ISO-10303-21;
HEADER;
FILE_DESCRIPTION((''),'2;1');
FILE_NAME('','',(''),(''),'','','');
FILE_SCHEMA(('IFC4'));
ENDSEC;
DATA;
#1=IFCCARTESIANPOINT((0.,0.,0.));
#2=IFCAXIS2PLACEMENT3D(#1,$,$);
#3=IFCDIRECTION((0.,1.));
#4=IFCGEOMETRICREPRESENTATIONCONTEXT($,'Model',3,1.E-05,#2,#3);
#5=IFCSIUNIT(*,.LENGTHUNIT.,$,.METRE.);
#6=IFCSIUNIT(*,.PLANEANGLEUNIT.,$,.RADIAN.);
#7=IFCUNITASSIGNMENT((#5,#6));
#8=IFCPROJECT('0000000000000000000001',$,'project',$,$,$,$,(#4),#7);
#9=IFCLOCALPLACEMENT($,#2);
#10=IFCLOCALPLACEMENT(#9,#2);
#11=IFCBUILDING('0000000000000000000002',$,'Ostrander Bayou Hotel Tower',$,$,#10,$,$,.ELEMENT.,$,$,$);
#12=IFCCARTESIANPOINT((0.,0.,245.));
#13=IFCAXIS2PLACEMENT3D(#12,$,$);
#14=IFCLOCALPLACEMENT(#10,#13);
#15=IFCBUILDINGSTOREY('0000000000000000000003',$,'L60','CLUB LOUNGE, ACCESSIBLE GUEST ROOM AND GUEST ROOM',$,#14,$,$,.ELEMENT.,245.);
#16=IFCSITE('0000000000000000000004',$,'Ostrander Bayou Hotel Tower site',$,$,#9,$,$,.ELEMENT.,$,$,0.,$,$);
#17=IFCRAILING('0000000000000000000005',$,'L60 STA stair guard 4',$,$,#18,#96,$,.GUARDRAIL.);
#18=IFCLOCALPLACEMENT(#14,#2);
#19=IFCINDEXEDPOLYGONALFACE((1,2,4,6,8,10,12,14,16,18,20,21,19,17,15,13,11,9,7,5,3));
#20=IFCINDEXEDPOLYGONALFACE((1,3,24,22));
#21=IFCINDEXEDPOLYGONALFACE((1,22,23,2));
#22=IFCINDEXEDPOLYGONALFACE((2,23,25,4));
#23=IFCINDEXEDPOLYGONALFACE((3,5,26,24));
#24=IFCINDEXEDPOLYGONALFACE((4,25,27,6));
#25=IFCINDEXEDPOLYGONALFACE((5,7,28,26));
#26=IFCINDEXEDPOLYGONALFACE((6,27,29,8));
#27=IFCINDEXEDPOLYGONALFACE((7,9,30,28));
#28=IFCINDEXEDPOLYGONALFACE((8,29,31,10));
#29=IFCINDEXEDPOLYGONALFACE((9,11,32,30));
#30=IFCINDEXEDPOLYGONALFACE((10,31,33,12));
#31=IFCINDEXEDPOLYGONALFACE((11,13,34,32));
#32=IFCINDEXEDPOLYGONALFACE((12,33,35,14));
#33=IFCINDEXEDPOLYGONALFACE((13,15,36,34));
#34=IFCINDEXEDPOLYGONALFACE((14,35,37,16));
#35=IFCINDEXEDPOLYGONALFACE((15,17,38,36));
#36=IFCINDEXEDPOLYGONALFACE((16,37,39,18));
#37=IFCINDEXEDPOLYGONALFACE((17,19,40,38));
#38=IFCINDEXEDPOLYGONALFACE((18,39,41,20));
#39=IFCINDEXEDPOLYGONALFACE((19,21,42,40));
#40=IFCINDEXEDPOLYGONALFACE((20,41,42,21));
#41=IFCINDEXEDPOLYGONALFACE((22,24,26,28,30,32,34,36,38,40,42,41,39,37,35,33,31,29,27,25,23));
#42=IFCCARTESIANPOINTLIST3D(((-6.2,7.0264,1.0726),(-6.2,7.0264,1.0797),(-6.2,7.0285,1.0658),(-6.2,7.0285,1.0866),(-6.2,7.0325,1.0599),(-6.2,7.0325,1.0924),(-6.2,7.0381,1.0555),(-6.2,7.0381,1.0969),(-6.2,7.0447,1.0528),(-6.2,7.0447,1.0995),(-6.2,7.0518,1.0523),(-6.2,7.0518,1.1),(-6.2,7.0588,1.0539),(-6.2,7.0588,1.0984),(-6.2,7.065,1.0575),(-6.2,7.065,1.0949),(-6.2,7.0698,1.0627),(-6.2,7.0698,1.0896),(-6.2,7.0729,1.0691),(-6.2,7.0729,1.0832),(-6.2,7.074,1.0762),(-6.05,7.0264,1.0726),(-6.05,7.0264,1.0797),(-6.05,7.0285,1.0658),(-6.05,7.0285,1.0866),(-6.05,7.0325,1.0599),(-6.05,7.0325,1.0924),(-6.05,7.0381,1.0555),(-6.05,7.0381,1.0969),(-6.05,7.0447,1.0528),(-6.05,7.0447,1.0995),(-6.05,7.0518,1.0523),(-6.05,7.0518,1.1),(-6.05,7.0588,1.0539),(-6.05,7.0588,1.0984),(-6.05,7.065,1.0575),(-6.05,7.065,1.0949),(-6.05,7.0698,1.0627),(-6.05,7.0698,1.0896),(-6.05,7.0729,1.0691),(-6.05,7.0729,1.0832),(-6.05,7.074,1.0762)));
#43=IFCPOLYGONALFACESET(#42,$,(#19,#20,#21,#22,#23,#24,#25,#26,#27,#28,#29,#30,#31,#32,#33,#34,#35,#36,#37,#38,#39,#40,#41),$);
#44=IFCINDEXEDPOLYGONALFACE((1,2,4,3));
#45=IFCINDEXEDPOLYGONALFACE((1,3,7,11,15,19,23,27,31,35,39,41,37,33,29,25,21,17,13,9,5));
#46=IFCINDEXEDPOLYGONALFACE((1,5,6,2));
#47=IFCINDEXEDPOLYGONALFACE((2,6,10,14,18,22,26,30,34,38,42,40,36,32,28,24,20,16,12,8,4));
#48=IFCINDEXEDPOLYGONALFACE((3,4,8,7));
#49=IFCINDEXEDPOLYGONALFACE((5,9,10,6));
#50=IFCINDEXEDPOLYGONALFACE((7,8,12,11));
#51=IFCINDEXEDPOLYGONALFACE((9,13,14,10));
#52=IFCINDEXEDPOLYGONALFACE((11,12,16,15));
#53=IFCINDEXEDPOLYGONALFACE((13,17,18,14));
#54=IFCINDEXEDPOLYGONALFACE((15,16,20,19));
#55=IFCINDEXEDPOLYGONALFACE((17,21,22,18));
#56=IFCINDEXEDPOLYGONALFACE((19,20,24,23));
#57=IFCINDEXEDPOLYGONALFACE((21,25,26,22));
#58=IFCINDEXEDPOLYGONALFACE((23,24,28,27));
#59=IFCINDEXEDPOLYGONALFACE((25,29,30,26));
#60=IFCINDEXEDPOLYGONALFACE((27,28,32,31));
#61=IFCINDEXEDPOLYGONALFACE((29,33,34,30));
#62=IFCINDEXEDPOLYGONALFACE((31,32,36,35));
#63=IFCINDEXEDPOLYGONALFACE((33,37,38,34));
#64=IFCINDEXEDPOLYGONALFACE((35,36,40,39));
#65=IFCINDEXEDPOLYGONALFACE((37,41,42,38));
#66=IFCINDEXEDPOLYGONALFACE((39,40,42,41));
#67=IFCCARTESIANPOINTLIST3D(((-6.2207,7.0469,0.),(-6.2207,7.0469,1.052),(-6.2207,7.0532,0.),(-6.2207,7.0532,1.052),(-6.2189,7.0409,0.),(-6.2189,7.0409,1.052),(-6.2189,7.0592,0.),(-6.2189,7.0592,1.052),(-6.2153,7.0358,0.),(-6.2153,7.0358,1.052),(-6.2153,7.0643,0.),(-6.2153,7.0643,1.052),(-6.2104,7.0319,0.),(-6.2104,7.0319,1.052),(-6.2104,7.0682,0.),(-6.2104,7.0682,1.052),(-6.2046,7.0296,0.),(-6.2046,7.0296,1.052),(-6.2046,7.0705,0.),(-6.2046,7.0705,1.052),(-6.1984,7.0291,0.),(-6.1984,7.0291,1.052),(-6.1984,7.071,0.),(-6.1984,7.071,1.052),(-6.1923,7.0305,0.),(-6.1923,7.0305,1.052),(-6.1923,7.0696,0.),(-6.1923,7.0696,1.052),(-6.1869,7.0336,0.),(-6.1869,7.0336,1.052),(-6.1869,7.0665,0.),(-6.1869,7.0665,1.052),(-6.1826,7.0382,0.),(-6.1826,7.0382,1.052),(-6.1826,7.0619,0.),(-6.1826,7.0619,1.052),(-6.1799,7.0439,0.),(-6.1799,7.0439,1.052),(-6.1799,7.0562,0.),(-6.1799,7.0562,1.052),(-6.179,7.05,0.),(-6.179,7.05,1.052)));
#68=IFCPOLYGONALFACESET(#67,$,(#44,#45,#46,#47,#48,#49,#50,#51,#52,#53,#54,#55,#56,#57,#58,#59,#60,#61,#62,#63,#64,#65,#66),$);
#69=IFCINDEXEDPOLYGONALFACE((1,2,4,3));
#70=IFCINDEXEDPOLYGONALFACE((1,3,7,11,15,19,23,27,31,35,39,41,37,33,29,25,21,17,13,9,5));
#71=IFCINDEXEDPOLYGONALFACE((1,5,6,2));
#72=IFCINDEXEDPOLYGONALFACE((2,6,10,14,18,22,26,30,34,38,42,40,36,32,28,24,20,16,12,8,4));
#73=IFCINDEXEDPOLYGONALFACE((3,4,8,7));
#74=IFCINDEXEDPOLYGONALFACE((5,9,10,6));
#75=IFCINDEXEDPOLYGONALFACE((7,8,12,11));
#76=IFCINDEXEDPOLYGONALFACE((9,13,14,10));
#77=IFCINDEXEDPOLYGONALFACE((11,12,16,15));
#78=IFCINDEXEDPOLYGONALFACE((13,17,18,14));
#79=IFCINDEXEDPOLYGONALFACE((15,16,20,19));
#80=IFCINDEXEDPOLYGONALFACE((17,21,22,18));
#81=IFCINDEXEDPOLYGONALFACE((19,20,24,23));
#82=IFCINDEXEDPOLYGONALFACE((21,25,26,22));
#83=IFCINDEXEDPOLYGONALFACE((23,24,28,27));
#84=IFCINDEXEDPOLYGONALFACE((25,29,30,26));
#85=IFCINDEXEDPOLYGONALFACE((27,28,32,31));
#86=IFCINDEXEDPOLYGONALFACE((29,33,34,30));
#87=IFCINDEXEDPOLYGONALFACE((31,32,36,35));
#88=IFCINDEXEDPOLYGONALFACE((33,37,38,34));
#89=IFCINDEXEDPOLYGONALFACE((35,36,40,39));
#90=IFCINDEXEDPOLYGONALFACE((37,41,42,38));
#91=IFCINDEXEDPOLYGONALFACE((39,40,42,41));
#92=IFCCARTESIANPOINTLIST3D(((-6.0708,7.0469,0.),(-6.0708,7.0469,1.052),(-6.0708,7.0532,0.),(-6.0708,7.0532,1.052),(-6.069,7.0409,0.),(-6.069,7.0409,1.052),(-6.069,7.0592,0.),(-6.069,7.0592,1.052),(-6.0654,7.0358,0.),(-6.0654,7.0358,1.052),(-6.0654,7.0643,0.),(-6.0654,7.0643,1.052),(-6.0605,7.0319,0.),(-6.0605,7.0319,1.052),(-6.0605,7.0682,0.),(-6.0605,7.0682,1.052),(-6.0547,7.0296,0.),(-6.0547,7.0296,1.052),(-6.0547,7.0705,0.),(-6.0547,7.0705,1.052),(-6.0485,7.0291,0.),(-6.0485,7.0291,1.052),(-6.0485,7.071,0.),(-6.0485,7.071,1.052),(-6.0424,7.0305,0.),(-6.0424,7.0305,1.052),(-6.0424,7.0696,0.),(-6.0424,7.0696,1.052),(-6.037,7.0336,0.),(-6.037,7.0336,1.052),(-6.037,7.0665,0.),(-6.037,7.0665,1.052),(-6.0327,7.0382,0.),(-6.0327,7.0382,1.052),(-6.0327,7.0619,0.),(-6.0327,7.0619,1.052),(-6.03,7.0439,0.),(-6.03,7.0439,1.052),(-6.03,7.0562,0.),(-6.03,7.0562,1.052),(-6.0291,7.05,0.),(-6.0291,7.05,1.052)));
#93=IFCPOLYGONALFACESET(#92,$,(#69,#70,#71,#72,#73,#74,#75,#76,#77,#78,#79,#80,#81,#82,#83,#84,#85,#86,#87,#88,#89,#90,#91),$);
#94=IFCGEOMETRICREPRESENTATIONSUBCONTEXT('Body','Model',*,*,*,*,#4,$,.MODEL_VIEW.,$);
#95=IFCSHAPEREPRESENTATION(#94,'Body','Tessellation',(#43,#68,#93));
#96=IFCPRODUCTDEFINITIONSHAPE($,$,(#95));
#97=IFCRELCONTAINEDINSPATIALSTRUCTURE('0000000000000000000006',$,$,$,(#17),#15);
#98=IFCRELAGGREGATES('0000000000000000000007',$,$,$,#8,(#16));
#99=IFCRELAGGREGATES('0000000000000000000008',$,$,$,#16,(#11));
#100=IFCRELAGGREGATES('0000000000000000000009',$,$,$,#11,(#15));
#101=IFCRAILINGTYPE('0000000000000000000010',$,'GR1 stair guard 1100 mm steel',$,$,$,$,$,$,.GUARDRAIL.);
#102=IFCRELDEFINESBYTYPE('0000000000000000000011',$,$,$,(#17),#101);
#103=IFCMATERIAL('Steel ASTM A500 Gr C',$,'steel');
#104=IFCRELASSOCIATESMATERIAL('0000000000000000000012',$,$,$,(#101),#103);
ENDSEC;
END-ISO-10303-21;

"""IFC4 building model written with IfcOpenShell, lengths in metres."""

from ifc_helpers import new_model, si_unit, direction, frame, origin, origin_2d, place, context, subcontext, project, spatial, circle, extrude, material, type_object, element, save


model = new_model("IFC4")

# Units and contexts
model_context = context("Model", 3, precision=1e-05, world=origin(), true_north=direction((0.0, 1.0)))
body_context = subcontext(model_context, "Body", "Model", "MODEL_VIEW")
ifc_project = project(units=[si_unit("LENGTHUNIT", "METRE"), si_unit("PLANEANGLEUNIT", "RADIAN")], contexts=[model_context])

# Site, building, storey
site_placement = place(None, origin())
site = spatial("IfcSite", under=ifc_project, at=site_placement, Name="Ostrander Bayou Hotel Tower site", CompositionType="ELEMENT", RefElevation=0.0)
building_placement = place(site_placement, origin())
building = spatial("IfcBuilding", under=site, at=building_placement, Name="Ostrander Bayou Hotel Tower", CompositionType="ELEMENT")
storey_placement = place(building_placement, frame((0.0, 0.0, 245.0)))
storey = spatial("IfcBuildingStorey", under=building, at=storey_placement, Name="L60", Description="CLUB LOUNGE, ACCESSIBLE GUEST ROOM AND GUEST ROOM", CompositionType="ELEMENT", Elevation=245.0)

# Railing
ifc_material_1 = material(Name="Steel ASTM A500 Gr C", Category="steel")
railing_type_1 = type_object("IfcRailingType", Name="GR1 stair guard 1100 mm steel", PredefinedType="GUARDRAIL", material=ifc_material_1)
railing_1_placement = place(storey_placement, frame((-6.2, 7.05, 0.0)))
element("IfcRailing", 1, at=railing_1_placement, inside=storey, type_object=railing_type_1, Name="L60 STA stair guard 4", PredefinedType="GUARDRAIL", context=body_context, shape_type="SweptSolid", body=[
    extrude(circle(Radius=0.0239, at=origin_2d()), frame((0.0, 0.0, 1.0762), z_axis=(1.0, 0.0, 0.0), x_axis=(0.0, 1.0, 0.0)), (0.0, 0.0, 1.0), 0.1499),
    extrude(circle(Radius=0.021, at=origin_2d()), origin(), (0.0, 0.0, 1.0), 1.052),
    extrude(circle(Radius=0.021, at=origin_2d()), frame((0.1499, 0.0, 0.0)), (0.0, 0.0, 1.0), 1.052),
])

save(model, "model.ifc")
